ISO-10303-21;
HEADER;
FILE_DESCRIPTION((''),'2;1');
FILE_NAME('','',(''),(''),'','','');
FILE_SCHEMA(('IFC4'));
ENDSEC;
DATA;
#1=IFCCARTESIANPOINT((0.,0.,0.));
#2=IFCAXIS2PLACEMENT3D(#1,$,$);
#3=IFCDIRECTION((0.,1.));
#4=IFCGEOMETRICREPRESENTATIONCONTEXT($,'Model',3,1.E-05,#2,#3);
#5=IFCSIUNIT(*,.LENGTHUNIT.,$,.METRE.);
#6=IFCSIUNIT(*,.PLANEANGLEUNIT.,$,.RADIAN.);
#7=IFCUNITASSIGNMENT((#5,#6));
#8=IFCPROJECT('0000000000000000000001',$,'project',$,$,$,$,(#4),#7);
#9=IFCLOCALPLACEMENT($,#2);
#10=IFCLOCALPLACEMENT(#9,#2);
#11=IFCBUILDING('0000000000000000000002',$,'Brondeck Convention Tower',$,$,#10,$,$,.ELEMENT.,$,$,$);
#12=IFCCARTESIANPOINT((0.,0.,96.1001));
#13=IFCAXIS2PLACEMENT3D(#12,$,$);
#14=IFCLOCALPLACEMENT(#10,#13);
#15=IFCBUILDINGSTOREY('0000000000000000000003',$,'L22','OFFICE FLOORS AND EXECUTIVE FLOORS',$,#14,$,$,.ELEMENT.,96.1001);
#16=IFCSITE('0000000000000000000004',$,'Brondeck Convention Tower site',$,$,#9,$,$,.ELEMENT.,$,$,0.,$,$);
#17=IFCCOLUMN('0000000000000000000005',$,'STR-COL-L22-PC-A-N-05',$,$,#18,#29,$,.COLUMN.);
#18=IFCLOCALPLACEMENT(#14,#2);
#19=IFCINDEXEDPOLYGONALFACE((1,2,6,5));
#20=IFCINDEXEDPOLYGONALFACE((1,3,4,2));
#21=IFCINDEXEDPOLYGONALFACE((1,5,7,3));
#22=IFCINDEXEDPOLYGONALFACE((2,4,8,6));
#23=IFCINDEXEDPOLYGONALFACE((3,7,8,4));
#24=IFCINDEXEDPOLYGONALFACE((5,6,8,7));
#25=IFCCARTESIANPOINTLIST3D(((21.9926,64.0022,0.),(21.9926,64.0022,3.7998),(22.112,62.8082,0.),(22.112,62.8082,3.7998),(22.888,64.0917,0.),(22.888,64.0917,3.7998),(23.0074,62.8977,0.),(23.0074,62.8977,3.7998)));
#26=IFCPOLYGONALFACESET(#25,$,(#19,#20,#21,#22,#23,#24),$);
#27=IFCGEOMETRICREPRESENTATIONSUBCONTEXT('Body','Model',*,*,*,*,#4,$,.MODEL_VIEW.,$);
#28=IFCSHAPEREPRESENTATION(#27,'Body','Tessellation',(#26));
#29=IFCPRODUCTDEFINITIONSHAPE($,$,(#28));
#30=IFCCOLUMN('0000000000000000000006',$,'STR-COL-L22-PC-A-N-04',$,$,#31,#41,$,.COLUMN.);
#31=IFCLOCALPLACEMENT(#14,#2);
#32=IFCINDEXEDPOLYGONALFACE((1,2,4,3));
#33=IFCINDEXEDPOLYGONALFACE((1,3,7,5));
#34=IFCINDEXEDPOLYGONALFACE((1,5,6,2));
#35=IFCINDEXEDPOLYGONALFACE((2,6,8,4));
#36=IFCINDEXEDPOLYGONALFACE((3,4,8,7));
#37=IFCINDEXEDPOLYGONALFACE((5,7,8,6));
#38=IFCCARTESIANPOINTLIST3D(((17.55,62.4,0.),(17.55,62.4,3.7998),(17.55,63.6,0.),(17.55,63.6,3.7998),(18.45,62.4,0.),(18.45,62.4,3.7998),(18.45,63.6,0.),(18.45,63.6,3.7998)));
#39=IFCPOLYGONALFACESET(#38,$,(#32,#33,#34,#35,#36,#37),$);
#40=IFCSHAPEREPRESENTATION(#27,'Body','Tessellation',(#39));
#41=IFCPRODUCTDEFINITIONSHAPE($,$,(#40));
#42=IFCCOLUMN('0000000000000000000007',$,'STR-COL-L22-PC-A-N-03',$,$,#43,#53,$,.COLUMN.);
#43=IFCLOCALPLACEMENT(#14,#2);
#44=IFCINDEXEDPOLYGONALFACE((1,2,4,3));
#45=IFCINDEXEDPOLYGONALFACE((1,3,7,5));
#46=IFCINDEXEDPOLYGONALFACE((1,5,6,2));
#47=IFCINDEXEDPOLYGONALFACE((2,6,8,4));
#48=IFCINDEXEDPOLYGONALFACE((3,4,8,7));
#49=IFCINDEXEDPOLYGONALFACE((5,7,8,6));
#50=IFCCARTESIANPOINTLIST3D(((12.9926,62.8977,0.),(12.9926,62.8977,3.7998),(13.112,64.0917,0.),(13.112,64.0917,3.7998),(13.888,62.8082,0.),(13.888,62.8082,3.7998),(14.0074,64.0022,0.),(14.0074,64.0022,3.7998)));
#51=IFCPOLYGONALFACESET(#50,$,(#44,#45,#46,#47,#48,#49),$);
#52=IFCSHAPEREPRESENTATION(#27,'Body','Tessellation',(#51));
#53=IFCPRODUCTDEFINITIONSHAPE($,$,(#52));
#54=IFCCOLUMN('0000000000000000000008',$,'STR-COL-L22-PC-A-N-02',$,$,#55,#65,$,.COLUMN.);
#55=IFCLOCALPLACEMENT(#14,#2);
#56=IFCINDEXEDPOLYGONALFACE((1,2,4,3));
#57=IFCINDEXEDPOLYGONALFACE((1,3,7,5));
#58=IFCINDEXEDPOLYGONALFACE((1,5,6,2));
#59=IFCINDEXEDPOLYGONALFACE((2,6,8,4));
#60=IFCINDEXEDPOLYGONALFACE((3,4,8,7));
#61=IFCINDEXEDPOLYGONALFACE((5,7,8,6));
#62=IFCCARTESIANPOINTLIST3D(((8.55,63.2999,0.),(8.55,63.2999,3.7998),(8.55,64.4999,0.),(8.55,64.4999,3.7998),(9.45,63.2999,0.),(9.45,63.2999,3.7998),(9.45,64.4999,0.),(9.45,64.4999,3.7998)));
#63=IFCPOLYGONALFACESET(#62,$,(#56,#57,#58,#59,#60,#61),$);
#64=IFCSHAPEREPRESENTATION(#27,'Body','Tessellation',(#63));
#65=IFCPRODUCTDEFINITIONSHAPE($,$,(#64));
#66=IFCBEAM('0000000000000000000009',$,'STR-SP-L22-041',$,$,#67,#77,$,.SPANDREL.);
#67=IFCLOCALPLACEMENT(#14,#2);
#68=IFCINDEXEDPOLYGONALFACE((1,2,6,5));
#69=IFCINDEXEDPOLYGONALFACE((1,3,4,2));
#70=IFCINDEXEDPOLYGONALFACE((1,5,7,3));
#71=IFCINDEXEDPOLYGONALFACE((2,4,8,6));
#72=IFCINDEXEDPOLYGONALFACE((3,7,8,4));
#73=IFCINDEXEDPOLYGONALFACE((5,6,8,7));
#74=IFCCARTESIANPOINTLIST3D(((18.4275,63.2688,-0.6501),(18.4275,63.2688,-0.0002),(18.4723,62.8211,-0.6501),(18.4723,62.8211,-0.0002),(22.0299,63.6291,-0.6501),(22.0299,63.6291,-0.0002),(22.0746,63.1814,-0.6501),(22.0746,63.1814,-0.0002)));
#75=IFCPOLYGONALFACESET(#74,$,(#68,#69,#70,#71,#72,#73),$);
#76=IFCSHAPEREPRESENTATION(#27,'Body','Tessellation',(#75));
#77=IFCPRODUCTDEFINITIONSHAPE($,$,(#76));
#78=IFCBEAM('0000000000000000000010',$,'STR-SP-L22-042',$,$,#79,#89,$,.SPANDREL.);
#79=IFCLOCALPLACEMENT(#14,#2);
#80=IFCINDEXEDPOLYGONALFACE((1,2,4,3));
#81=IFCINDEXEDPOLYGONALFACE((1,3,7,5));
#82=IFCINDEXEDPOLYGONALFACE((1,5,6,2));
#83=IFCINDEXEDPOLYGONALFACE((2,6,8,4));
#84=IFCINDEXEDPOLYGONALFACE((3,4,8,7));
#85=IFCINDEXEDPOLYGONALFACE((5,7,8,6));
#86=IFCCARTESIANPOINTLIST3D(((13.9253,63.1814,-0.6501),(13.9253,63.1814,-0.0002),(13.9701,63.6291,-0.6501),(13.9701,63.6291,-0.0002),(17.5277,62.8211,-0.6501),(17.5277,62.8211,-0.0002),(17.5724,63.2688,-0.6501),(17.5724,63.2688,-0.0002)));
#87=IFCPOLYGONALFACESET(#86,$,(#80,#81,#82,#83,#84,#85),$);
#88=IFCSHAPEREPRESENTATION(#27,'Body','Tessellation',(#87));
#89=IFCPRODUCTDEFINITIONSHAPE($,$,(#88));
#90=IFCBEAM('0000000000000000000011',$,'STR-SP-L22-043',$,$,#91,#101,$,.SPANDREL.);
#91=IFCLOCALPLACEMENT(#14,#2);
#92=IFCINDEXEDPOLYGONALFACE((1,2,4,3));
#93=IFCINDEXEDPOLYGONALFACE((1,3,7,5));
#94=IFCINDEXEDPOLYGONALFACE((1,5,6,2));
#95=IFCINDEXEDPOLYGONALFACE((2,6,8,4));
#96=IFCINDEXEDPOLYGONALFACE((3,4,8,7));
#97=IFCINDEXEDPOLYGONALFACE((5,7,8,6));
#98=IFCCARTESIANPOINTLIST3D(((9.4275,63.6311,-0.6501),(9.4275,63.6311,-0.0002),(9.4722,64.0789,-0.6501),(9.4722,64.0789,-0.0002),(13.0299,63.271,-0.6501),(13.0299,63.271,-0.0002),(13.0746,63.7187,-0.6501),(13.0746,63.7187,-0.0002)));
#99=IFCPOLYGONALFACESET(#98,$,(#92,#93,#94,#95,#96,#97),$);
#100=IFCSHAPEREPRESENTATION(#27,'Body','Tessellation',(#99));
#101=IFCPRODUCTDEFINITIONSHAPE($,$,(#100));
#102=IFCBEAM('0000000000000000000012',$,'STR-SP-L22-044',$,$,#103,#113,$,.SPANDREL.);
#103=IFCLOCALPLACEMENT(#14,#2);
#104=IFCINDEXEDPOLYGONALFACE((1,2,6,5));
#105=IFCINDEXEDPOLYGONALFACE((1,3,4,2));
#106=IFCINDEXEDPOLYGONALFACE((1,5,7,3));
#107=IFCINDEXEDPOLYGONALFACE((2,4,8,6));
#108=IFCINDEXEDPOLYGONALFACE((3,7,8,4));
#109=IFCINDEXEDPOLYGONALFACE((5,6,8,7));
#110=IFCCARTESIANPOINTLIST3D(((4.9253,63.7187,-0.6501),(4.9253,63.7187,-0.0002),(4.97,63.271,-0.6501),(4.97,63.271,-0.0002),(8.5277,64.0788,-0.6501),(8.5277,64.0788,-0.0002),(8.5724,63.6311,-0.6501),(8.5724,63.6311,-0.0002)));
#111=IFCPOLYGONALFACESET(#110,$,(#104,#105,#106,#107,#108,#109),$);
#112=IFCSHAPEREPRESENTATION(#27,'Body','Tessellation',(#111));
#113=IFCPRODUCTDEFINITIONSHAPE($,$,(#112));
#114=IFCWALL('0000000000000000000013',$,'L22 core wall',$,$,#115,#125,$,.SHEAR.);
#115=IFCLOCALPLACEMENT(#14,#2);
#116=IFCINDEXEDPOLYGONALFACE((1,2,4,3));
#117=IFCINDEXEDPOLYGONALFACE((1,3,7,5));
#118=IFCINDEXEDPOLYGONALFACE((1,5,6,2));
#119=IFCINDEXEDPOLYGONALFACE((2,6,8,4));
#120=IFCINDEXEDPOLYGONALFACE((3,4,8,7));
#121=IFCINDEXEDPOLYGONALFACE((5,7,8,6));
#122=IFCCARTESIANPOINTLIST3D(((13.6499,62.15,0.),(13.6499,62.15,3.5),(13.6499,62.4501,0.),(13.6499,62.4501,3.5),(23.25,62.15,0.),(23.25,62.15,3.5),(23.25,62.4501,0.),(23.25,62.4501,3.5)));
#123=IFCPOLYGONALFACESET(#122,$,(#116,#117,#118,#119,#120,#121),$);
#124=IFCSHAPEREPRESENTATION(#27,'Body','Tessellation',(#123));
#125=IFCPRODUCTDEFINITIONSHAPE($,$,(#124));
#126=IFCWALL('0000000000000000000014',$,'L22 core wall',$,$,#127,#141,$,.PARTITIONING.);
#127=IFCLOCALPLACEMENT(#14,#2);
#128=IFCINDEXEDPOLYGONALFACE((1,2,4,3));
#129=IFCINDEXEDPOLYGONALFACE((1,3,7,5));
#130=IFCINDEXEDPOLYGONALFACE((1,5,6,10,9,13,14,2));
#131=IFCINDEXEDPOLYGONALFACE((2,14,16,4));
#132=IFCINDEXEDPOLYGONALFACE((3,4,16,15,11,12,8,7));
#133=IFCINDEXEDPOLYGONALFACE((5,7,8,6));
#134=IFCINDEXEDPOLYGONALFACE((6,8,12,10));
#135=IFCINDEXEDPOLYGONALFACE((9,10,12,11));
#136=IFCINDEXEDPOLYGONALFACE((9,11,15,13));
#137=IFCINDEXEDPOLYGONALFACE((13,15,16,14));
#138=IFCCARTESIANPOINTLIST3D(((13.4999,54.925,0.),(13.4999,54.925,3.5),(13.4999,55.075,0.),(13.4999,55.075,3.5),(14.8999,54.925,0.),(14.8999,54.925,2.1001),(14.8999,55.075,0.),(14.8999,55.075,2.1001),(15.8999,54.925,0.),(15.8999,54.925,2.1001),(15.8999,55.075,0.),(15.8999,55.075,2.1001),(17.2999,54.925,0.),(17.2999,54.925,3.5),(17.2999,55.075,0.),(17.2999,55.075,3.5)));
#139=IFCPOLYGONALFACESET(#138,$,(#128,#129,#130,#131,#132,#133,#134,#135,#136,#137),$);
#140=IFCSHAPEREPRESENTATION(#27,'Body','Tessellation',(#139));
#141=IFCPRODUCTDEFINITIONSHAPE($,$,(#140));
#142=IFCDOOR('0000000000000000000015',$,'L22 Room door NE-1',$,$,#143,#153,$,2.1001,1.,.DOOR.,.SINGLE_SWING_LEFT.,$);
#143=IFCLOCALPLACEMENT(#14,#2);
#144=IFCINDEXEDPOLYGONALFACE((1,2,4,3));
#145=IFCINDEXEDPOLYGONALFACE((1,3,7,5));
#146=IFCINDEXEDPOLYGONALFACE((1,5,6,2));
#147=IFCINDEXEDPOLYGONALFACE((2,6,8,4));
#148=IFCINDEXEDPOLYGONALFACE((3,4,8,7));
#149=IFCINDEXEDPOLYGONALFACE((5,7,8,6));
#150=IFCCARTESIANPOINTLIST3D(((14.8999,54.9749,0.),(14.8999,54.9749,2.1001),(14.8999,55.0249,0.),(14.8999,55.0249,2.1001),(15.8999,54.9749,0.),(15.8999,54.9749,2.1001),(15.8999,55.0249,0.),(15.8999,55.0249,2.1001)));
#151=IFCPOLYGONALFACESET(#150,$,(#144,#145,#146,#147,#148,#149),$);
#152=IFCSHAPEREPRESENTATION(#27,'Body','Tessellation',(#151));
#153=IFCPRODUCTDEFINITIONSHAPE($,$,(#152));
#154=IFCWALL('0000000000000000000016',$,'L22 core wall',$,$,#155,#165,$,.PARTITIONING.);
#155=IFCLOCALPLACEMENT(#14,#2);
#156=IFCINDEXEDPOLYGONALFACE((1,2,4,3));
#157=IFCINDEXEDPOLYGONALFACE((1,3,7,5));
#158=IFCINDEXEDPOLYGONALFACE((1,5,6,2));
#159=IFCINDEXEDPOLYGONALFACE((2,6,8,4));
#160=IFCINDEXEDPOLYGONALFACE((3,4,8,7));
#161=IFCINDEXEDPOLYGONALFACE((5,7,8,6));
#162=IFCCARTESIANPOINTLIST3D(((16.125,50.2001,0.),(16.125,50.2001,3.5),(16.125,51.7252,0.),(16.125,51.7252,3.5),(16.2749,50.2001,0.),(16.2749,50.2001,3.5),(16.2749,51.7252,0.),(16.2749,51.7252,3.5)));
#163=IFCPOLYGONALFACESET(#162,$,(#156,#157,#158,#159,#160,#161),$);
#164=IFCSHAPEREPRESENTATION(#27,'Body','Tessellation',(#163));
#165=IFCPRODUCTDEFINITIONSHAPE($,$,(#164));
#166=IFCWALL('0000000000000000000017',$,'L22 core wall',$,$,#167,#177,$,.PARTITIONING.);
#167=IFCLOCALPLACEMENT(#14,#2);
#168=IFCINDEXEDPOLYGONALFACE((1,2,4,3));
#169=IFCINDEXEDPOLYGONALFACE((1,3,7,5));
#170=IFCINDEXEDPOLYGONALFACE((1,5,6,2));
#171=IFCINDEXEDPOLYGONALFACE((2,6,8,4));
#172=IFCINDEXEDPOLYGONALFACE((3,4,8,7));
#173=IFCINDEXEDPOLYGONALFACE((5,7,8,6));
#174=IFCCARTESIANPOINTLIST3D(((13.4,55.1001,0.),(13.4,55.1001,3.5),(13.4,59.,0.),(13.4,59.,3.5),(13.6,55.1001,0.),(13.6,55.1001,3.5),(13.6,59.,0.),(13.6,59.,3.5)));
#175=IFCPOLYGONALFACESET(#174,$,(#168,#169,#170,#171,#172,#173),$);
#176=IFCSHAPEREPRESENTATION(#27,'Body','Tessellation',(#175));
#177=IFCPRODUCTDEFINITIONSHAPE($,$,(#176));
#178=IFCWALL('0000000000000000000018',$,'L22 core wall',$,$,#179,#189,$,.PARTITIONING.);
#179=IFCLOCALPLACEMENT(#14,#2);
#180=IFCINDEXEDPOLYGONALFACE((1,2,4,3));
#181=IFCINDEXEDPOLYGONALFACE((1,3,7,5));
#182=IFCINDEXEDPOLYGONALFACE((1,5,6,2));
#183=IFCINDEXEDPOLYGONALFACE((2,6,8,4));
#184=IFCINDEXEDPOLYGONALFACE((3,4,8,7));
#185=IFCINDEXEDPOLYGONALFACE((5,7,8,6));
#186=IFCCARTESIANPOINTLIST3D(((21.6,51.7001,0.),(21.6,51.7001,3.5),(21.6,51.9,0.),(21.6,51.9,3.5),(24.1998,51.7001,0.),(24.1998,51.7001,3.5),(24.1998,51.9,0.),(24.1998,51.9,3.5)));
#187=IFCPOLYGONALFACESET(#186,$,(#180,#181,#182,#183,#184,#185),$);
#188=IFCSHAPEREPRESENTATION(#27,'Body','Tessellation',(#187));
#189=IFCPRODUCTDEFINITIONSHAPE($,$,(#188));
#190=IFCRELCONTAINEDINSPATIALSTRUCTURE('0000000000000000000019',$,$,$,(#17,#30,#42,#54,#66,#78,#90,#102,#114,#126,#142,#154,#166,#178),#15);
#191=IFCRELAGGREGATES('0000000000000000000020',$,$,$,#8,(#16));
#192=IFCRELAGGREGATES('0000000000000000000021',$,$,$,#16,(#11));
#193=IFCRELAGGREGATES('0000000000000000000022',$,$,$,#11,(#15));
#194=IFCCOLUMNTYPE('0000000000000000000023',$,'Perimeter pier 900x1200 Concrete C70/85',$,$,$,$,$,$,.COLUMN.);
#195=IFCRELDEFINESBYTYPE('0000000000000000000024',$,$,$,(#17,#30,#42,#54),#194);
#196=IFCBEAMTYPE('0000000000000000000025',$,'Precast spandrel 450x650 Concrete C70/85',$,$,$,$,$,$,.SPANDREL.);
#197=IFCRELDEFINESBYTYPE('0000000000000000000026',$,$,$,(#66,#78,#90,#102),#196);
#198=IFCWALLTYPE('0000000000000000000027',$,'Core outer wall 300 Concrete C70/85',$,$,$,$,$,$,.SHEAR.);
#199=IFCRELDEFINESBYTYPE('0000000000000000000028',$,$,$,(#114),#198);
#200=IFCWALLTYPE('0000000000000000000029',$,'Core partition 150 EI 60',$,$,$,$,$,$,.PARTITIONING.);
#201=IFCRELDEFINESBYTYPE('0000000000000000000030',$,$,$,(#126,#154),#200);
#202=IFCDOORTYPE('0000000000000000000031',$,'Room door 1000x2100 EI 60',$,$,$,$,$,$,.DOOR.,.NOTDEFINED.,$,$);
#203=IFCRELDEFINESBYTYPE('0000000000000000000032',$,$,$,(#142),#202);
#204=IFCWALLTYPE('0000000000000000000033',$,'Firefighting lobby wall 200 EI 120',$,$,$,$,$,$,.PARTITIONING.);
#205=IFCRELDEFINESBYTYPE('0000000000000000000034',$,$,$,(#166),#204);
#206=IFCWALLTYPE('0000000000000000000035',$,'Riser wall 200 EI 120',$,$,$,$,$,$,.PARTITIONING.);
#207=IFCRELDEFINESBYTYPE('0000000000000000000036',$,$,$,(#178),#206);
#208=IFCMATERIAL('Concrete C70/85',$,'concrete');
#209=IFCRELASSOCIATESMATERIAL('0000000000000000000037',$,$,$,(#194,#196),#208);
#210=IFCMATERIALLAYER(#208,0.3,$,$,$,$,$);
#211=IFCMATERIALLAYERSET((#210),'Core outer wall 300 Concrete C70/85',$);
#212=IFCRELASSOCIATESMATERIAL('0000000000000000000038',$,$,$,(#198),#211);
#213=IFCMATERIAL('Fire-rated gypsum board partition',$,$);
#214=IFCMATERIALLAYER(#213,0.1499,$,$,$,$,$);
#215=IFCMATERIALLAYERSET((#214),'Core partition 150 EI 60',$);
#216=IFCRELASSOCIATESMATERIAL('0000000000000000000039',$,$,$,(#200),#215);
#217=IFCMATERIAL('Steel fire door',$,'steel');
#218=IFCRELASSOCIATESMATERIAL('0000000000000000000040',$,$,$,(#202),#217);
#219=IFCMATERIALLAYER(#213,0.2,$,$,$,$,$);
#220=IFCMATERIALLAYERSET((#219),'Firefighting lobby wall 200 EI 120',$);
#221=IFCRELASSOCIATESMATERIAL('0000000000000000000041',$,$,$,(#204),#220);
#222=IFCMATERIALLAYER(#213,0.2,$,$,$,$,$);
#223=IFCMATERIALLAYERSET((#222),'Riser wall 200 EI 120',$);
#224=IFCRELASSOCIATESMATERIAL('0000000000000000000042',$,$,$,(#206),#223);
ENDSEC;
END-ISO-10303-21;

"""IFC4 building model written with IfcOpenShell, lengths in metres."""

from ifc_helpers import new_model, si_unit, direction, frame, frame_2d, origin, origin_2d, place, context, subcontext, project, spatial, rectangle, extrude, material, layer, layer_set, material_profile, profile_set, type_object, element, fill, save


model = new_model("IFC4")

# Units and contexts
model_context = context("Model", 3, precision=1e-05, world=origin(), true_north=direction((0.0, 1.0)))
body_context = subcontext(model_context, "Body", "Model", "MODEL_VIEW")
ifc_project = project(units=[si_unit("LENGTHUNIT", "METRE"), si_unit("PLANEANGLEUNIT", "RADIAN")], contexts=[model_context])

# Site, building, storey
site_placement = place(None, origin())
site = spatial("IfcSite", under=ifc_project, at=site_placement, Name="Brondeck Convention Tower site", CompositionType="ELEMENT", RefElevation=0.0)
building_placement = place(site_placement, origin())
building = spatial("IfcBuilding", under=site, at=building_placement, Name="Brondeck Convention Tower", CompositionType="ELEMENT")
storey_placement = place(building_placement, frame((0.0, 0.0, 96.1001)))
storey = spatial("IfcBuildingStorey", under=building, at=storey_placement, Name="L22", Description="OFFICE FLOORS AND EXECUTIVE FLOORS", CompositionType="ELEMENT", Elevation=96.1001)

# Columns
ifc_material_1 = material(Name="Concrete C70/85", Category="concrete")
ifc_material_profile_1 = material_profile(ifc_material_1, rectangle(XDim=0.8999, YDim=1.2, at=origin_2d()), Name="Perimeter pier 900x1200 Concrete C70/85")
ifc_profile_set_1 = profile_set([ifc_material_profile_1], Name="Concrete C70/85")
column_type = type_object("IfcColumnType", Name="Perimeter pier 900x1200 Concrete C70/85", PredefinedType="COLUMN", material=ifc_profile_set_1)
for number, where, z_axis, x_axis, name in (
    (1, (22.5, 63.45, 0.0), (0.0, 0.0, 1.0), (-0.995037, -0.099504, 0.0), "STR-COL-L22-PC-A-N-05"),
    (2, (18.0, 63.0, 0.0), (0.0, 0.0, 1.0), (-1.0, 0.0, 0.0), "STR-COL-L22-PC-A-N-04"),
    (3, (13.5, 63.45, 0.0), (0.0, 0.0, 1.0), (-0.995037, 0.099504, 0.0), "STR-COL-L22-PC-A-N-03"),
    (4, (9.0, 63.8999, 0.0), (0.0, 0.0, 1.0), (-1.0, 0.0, 0.0), "STR-COL-L22-PC-A-N-02"),
):
    element("IfcColumn", number, at=place(storey_placement, frame(where, z_axis=z_axis, x_axis=x_axis)), inside=storey, type_object=column_type, Name=name, PredefinedType="COLUMN", context=body_context, shape_type="SweptSolid", body=[
        extrude(rectangle(XDim=0.8999, YDim=1.2, at=origin_2d()), origin(), (0.0, 0.0, 1.0), 3.7998),
    ])

# Beams
ifc_material_profile_2 = material_profile(ifc_material_1, rectangle(XDim=0.45, YDim=0.6499, at=origin_2d()), Name="Precast spandrel 450x650 Concrete C70/85")
ifc_profile_set_2 = profile_set([ifc_material_profile_2], Name="Concrete C70/85")
beam_type = type_object("IfcBeamType", Name="Precast spandrel 450x650 Concrete C70/85", PredefinedType="SPANDREL", material=ifc_profile_set_2)
for number, where, z_axis, x_axis, name in (
    (5, (22.0522, 63.4053, -0.3252), (-0.995034, -0.099537, 0.0), (0.099537, -0.995034, 0.0), "STR-SP-L22-041"),
    (6, (17.55, 63.0449, -0.3252), (-0.995034, 0.099537, 0.0), (-0.099537, -0.995034, 0.0), "STR-SP-L22-042"),
    (7, (13.0522, 63.4949, -0.3252), (-0.995041, 0.09947, 0.0), (-0.09947, -0.995041, 0.0), "STR-SP-L22-043"),
    (8, (8.55, 63.855, -0.3252), (-0.995041, -0.09947, 0.0), (0.09947, -0.995041, 0.0), "STR-SP-L22-044"),
):
    element("IfcBeam", number, at=place(storey_placement, frame(where, z_axis=z_axis, x_axis=x_axis)), inside=storey, type_object=beam_type, Name=name, PredefinedType="SPANDREL", context=body_context, shape_type="SweptSolid", body=[
        extrude(rectangle(XDim=0.45, YDim=0.6499, at=origin_2d()), origin(), (0.0, 0.0, 1.0), 3.6204),
    ])

# Wall
ifc_layer_1 = layer(ifc_material_1, 0.3)
ifc_layer_set_1 = layer_set([ifc_layer_1], Name="Core outer wall 300 Concrete C70/85")
wall_type_1 = type_object("IfcWallType", Name="Core outer wall 300 Concrete C70/85", PredefinedType="SHEAR", material=ifc_layer_set_1)
wall_1_placement = place(storey_placement, frame((13.6499, 62.3, 0.0), z_axis=(0.0, 0.0, 1.0), x_axis=(1.0, 0.0, 0.0)))
element("IfcWall", 9, at=wall_1_placement, inside=storey, type_object=wall_type_1, Name="L22 core wall", PredefinedType="SHEAR", context=body_context, shape_type="SweptSolid", body=[
    extrude(rectangle(XDim=9.6001, YDim=0.3, at=frame_2d((4.8, 0.0))), origin(), (0.0, 0.0, 1.0), 3.5),
])

# Wall, opening, door
ifc_material_2 = material(Name="Fire-rated gypsum board partition")
ifc_layer_2 = layer(ifc_material_2, 0.1499)
ifc_layer_set_2 = layer_set([ifc_layer_2], Name="Core partition 150 EI 60")
wall_type_2 = type_object("IfcWallType", Name="Core partition 150 EI 60", PredefinedType="PARTITIONING", material=ifc_layer_set_2)
wall_2_placement = place(storey_placement, frame((13.5, 55.0, 0.0), z_axis=(0.0, 0.0, 1.0), x_axis=(1.0, 0.0, 0.0)))
wall_2 = element("IfcWall", 10, at=wall_2_placement, inside=storey, type_object=wall_type_2, Name="L22 core wall", PredefinedType="PARTITIONING", context=body_context, shape_type="SweptSolid", body=[
    extrude(rectangle(XDim=3.8, YDim=0.1499, at=frame_2d((1.8999, 0.0))), origin(), (0.0, 0.0, 1.0), 3.5),
])
opening_1_placement = place(wall_2_placement, frame((1.3999, 0.0, 0.0)))
opening_1 = element("IfcOpeningElement", 11, at=opening_1_placement, cuts=wall_2, PredefinedType="OPENING", context=body_context, shape_type="SweptSolid", body=[
    extrude(rectangle(XDim=1.0, YDim=2.1001, at=frame_2d((0.5, 1.05))), frame((0.0, 0.085, 0.0), z_axis=(0.0, -1.0, 0.0), x_axis=(1.0, 0.0, 0.0)), (0.0, 0.0, 1.0), 0.1699),
])
ifc_material_3 = material(Name="Steel fire door", Category="steel")
door_type_1 = type_object("IfcDoorType", Name="Room door 1000x2100 EI 60", OperationType="NOTDEFINED", PredefinedType="DOOR", material=ifc_material_3)
door_1_placement = place(opening_1_placement, origin())
door_1 = element("IfcDoor", 12, at=door_1_placement, inside=storey, type_object=door_type_1, Name="L22 Room door NE-1", OperationType="SINGLE_SWING_LEFT", OverallHeight=2.1001, OverallWidth=1.0, PredefinedType="DOOR", context=body_context, shape_type="SweptSolid", body=[
    extrude(rectangle(XDim=1.0, YDim=2.1001, at=frame_2d((0.5, 1.05))), frame((0.0, 0.0249, 0.0), z_axis=(0.0, -1.0, 0.0), x_axis=(1.0, 0.0, 0.0)), (0.0, 0.0, 1.0), 0.05),
])
fill(opening_1, door_1)

# Walls
wall_3_placement = place(storey_placement, frame((16.2, 50.2, 0.0), z_axis=(0.0, 0.0, 1.0), x_axis=(0.0, 1.0, 0.0)))
element("IfcWall", 13, at=wall_3_placement, inside=storey, type_object=wall_type_2, Name="L22 core wall", PredefinedType="PARTITIONING", context=body_context, shape_type="SweptSolid", body=[
    extrude(rectangle(XDim=1.5251, YDim=0.1499, at=frame_2d((0.7627, 0.0))), origin(), (0.0, 0.0, 1.0), 3.5),
])
ifc_layer_3 = layer(ifc_material_2, 0.2)
ifc_layer_set_3 = layer_set([ifc_layer_3], Name="Firefighting lobby wall 200 EI 120")
wall_type_3 = type_object("IfcWallType", Name="Firefighting lobby wall 200 EI 120", PredefinedType="PARTITIONING", material=ifc_layer_set_3)
wall_4_placement = place(storey_placement, frame((13.5, 55.1001, 0.0), z_axis=(0.0, 0.0, 1.0), x_axis=(0.0, 1.0, 0.0)))
element("IfcWall", 14, at=wall_4_placement, inside=storey, type_object=wall_type_3, Name="L22 core wall", PredefinedType="PARTITIONING", context=body_context, shape_type="SweptSolid", body=[
    extrude(rectangle(XDim=3.8999, YDim=0.2, at=frame_2d((1.95, 0.0))), origin(), (0.0, 0.0, 1.0), 3.5),
])
ifc_layer_4 = layer(ifc_material_2, 0.2)
ifc_layer_set_4 = layer_set([ifc_layer_4], Name="Riser wall 200 EI 120")
wall_type_4 = type_object("IfcWallType", Name="Riser wall 200 EI 120", PredefinedType="PARTITIONING", material=ifc_layer_set_4)
wall_5_placement = place(storey_placement, frame((21.6001, 51.8, 0.0), z_axis=(0.0, 0.0, 1.0), x_axis=(1.0, 0.0, 0.0)))
element("IfcWall", 15, at=wall_5_placement, inside=storey, type_object=wall_type_4, Name="L22 core wall", PredefinedType="PARTITIONING", context=body_context, shape_type="SweptSolid", body=[
    extrude(rectangle(XDim=2.5999, YDim=0.2, at=frame_2d((1.2998, 0.0))), origin(), (0.0, 0.0, 1.0), 3.5),
])

save(model, "model.ifc")
